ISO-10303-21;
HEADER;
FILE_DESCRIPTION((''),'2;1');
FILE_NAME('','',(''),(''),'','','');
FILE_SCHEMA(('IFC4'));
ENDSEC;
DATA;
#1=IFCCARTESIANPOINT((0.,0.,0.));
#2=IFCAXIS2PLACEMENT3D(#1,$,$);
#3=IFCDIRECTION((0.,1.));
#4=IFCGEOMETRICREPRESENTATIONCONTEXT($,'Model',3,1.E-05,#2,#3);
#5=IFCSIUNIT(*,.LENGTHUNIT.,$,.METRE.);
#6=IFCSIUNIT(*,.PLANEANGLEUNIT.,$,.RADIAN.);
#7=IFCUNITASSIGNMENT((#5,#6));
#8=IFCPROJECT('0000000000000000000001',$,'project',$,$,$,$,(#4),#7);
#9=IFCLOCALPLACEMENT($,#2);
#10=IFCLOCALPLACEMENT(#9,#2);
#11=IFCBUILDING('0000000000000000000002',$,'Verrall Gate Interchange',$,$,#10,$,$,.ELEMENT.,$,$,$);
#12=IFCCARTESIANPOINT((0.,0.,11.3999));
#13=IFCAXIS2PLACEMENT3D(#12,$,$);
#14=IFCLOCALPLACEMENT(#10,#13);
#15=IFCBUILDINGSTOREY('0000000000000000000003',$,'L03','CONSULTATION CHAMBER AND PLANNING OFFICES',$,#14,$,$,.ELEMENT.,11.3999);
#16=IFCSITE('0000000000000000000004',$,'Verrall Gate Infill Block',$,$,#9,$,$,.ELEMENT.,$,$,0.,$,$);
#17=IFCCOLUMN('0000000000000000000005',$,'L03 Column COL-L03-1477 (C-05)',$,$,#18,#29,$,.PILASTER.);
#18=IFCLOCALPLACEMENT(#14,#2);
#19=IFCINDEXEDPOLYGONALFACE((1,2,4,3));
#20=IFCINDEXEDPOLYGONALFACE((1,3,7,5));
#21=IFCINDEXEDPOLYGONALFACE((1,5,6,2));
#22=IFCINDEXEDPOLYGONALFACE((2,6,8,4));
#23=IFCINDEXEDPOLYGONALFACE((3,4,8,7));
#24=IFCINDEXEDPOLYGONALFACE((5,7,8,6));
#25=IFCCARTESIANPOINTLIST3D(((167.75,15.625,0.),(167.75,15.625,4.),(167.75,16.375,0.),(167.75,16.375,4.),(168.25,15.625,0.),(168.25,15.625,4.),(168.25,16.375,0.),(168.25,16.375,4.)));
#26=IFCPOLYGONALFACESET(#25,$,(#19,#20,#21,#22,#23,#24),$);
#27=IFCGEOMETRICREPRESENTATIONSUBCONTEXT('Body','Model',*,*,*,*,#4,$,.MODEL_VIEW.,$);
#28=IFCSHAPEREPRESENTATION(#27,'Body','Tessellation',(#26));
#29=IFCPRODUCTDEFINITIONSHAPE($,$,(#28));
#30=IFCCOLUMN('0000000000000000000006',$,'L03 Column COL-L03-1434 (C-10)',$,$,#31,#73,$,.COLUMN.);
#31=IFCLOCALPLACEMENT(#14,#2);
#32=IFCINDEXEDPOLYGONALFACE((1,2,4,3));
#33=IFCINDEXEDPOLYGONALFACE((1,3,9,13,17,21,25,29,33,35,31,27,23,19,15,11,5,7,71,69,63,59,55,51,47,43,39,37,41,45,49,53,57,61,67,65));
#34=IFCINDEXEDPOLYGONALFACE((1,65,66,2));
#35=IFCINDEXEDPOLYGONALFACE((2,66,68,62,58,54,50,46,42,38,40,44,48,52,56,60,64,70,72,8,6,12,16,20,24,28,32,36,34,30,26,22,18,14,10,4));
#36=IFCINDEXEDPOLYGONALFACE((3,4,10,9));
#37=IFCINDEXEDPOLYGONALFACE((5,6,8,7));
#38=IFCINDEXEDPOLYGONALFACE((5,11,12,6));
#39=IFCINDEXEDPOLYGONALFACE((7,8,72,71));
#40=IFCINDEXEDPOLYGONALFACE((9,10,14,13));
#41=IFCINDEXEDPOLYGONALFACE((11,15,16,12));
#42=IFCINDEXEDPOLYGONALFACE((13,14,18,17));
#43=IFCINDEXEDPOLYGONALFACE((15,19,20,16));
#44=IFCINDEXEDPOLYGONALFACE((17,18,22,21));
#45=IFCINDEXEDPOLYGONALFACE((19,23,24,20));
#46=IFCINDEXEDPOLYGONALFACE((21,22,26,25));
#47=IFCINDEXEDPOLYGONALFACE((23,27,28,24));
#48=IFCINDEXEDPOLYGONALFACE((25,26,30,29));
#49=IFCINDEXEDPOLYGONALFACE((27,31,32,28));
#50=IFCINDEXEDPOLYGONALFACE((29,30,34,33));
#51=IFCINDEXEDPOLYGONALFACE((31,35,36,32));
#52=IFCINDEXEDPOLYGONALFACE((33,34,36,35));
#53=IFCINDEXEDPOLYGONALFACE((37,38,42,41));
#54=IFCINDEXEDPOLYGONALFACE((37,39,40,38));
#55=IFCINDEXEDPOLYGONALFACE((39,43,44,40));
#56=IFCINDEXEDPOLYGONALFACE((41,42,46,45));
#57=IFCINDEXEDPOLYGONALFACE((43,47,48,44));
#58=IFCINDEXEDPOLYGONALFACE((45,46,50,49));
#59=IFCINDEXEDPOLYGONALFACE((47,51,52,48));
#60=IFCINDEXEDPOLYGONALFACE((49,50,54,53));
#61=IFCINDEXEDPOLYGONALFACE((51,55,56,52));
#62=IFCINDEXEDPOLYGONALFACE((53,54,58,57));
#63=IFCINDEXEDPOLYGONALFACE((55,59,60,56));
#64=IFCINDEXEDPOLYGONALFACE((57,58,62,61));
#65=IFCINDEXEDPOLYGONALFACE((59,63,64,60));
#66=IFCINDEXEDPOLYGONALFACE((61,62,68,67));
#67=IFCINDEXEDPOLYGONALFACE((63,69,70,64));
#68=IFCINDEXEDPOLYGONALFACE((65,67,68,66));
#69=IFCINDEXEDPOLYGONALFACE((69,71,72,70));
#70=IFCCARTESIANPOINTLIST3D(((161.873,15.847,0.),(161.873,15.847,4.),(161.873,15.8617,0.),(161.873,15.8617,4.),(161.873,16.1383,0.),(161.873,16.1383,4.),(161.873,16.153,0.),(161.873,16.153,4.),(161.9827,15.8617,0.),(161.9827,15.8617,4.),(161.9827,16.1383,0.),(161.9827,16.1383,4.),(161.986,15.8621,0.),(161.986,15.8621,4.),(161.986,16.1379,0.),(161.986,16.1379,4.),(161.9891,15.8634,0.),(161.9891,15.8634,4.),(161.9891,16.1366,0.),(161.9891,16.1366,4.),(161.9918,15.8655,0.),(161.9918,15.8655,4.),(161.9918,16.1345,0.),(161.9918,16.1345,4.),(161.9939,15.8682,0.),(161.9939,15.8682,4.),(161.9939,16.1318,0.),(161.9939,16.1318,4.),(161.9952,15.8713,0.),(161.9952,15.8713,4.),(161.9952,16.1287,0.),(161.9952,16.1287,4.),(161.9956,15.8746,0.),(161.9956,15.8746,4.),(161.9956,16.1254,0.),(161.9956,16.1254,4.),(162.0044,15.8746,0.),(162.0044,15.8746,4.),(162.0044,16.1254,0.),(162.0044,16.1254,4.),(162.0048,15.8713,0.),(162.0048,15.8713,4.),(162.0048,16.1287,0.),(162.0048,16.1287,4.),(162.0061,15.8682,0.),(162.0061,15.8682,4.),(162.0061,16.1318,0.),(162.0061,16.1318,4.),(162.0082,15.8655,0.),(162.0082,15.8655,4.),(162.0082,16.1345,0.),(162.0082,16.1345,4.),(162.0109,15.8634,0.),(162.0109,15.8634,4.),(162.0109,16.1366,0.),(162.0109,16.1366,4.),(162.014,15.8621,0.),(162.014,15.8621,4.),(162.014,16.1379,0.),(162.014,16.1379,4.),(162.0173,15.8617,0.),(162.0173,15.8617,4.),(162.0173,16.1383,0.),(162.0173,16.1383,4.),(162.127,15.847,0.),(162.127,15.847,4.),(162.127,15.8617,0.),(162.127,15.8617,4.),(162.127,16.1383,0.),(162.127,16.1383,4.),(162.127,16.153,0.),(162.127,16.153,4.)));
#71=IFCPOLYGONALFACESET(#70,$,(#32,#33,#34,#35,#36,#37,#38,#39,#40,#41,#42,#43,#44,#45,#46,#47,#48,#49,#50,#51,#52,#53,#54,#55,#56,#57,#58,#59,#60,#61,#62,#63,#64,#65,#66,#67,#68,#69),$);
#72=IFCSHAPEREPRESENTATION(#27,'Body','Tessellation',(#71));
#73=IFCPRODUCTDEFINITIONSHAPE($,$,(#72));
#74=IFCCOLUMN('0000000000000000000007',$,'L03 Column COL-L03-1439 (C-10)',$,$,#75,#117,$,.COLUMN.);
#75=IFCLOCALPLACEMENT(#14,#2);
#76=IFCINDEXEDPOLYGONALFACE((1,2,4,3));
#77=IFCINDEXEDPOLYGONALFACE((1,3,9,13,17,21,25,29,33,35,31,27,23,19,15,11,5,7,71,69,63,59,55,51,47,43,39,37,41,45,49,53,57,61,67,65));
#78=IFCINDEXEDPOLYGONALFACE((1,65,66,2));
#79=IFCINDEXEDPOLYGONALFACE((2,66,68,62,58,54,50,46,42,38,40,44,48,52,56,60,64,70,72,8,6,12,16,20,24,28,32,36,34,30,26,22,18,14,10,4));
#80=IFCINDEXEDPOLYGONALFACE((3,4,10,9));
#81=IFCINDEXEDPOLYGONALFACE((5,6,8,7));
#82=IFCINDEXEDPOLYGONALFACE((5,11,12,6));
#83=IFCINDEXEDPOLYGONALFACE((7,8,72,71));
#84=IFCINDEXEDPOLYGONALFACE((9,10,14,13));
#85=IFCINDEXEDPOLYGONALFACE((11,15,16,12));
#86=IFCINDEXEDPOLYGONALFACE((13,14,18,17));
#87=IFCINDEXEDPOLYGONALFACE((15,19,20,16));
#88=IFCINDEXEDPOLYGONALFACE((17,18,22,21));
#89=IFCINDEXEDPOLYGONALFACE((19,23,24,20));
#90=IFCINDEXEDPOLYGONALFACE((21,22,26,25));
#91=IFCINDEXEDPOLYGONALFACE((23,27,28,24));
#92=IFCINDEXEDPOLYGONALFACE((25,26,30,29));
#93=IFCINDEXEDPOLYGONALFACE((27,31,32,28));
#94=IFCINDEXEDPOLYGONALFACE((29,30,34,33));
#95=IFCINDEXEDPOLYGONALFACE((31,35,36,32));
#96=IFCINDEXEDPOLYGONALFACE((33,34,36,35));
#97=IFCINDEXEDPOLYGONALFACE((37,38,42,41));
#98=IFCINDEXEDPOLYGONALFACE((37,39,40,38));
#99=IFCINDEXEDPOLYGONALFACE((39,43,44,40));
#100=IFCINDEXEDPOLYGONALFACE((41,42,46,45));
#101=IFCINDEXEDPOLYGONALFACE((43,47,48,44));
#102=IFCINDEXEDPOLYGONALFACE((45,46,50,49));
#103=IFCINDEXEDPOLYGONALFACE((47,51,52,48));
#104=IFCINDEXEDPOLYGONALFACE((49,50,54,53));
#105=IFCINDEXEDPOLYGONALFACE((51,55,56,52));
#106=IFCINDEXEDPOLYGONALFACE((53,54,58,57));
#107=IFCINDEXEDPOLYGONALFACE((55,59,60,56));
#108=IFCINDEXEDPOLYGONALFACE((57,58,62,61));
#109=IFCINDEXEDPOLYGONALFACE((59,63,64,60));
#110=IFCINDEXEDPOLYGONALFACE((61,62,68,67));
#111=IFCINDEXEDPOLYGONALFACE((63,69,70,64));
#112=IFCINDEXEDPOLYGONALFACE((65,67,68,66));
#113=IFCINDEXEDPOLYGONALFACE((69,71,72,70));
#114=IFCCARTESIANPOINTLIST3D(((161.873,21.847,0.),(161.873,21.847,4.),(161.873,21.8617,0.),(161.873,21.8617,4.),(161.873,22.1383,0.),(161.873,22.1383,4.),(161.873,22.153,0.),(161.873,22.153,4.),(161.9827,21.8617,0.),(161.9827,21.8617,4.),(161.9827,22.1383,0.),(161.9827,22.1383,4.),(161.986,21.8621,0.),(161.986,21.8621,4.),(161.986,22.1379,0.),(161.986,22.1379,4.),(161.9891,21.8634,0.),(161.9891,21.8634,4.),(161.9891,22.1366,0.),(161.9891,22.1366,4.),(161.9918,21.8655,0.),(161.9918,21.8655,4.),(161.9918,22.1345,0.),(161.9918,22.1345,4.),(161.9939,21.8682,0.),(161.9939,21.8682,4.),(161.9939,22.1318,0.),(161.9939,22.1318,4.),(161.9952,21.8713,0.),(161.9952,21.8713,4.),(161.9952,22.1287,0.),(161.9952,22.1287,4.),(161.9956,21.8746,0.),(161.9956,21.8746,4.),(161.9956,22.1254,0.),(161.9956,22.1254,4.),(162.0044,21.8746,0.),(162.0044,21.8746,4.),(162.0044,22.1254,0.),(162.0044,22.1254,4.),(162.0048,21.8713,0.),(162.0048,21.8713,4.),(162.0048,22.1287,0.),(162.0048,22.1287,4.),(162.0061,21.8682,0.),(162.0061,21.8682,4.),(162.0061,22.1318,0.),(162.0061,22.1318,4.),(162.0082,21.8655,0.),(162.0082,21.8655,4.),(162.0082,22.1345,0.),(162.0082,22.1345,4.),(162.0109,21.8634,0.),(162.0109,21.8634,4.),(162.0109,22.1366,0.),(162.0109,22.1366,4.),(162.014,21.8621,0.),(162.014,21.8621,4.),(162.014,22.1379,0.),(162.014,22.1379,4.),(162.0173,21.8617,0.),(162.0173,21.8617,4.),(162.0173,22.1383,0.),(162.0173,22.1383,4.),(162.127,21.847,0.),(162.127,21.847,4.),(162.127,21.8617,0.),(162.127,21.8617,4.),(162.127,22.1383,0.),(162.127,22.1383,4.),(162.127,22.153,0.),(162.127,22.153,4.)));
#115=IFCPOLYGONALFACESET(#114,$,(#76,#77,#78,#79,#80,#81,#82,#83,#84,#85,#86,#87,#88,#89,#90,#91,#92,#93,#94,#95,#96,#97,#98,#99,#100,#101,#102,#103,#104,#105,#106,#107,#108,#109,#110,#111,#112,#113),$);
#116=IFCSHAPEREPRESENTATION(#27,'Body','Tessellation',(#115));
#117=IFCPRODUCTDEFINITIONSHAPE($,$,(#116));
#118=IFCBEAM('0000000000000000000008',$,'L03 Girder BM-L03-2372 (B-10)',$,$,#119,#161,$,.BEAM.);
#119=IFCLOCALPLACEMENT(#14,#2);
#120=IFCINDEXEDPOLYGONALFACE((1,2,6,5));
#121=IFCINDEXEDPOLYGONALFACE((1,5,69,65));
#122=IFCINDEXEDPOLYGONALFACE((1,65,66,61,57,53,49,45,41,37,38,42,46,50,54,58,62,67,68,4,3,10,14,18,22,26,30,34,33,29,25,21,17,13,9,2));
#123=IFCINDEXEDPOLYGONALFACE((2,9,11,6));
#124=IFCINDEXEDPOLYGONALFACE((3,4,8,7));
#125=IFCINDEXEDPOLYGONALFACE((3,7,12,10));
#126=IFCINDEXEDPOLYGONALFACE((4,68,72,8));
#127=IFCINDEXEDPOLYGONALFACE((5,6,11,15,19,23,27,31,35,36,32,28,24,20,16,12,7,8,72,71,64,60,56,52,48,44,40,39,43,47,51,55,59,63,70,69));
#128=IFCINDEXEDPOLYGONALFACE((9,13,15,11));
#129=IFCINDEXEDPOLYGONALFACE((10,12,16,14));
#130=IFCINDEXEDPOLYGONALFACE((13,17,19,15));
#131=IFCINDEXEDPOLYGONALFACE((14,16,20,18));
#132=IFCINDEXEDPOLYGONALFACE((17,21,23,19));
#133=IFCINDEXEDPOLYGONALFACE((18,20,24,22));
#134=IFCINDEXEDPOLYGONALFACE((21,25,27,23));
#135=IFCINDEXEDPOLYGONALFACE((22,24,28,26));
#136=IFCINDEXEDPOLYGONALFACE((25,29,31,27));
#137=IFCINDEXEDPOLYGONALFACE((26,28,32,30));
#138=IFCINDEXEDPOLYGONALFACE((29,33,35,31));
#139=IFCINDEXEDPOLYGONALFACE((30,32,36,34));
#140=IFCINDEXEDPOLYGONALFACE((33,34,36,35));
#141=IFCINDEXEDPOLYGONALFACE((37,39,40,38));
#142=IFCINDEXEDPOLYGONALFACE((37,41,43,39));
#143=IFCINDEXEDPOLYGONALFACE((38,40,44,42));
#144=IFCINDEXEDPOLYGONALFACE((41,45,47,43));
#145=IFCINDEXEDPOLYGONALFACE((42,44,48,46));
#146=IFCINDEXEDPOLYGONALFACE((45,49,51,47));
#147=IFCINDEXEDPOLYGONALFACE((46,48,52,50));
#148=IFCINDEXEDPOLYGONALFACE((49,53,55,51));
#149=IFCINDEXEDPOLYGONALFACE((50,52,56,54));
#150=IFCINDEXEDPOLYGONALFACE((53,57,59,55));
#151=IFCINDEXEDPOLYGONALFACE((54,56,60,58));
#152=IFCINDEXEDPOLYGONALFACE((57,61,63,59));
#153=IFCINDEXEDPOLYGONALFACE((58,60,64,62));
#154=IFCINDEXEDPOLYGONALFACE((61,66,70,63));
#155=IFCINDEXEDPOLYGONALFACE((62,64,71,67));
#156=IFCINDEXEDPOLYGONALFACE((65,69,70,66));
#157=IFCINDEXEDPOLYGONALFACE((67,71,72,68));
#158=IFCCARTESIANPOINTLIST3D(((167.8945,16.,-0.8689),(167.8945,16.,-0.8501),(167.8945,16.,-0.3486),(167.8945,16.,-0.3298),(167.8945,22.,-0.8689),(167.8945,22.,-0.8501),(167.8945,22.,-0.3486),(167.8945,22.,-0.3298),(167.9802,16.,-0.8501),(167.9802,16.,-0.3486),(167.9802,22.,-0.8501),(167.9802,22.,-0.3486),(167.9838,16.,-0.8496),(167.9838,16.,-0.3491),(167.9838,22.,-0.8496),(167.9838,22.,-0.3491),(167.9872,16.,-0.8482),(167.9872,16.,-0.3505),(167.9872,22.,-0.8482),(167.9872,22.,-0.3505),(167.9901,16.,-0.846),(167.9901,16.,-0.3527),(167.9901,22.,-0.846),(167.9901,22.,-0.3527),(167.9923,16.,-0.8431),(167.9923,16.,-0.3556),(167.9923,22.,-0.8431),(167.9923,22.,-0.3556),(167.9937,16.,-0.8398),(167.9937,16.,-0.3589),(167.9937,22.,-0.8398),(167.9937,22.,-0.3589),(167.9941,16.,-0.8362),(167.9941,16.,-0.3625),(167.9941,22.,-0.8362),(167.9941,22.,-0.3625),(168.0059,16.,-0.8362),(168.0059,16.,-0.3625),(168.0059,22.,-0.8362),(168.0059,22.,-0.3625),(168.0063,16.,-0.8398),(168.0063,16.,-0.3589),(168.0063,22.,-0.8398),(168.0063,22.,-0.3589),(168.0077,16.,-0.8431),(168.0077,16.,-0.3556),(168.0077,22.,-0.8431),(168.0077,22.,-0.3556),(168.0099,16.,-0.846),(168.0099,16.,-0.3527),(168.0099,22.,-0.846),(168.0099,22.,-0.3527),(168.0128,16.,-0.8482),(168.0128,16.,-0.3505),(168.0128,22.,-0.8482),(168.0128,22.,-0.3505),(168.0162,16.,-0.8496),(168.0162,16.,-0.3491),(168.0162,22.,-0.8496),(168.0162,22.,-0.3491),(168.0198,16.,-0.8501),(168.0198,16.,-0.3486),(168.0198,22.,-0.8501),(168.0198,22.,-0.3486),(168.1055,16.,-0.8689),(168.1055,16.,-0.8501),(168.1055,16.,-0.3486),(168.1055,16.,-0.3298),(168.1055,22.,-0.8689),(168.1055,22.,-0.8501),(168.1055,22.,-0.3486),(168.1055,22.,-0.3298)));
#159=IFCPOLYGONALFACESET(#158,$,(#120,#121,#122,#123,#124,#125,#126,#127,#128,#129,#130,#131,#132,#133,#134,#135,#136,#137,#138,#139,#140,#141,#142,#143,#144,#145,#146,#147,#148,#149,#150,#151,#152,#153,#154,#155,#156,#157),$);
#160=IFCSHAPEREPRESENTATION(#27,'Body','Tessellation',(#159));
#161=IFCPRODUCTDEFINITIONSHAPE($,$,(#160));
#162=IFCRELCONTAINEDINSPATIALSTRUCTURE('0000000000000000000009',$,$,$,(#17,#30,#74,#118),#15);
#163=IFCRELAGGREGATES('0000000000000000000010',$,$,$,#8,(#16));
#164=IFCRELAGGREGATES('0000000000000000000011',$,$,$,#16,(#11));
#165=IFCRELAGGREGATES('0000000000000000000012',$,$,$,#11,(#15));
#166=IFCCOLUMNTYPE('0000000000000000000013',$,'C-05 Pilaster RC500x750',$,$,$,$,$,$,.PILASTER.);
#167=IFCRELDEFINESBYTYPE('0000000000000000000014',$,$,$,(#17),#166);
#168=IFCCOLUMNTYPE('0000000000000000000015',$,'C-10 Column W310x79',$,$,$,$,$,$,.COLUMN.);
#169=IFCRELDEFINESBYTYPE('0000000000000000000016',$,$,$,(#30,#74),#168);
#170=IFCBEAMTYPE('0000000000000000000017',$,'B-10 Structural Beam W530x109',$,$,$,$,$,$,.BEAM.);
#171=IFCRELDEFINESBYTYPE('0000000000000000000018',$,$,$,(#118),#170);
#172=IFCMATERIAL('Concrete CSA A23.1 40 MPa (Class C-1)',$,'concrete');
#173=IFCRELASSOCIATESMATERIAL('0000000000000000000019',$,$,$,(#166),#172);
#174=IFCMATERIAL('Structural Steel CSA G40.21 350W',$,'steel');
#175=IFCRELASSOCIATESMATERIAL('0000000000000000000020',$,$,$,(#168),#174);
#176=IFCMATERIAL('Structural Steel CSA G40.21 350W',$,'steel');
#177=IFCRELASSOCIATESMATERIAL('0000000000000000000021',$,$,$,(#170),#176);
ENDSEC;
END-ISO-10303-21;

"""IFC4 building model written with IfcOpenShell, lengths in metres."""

from ifc_helpers import new_model, si_unit, direction, frame, origin, origin_2d, place, context, subcontext, project, spatial, rectangle, i_section, extrude, material, material_profile, profile_set, type_object, element, save


model = new_model("IFC4")

# Units and contexts
model_context = context("Model", 3, precision=1e-05, world=origin(), true_north=direction((0.0, 1.0)))
body_context = subcontext(model_context, "Body", "Model", "MODEL_VIEW")
ifc_project = project(units=[si_unit("LENGTHUNIT", "METRE"), si_unit("PLANEANGLEUNIT", "RADIAN")], contexts=[model_context])

# Site, building, storey
site_placement = place(None, origin())
site = spatial("IfcSite", under=ifc_project, at=site_placement, Name="Verrall Gate Infill Block", CompositionType="ELEMENT", RefElevation=0.0)
building_placement = place(site_placement, origin())
building = spatial("IfcBuilding", under=site, at=building_placement, Name="Verrall Gate Interchange", CompositionType="ELEMENT")
storey_placement = place(building_placement, frame((0.0, 0.0, 11.3999)))
storey = spatial("IfcBuildingStorey", under=building, at=storey_placement, Name="L03", Description="CONSULTATION CHAMBER AND PLANNING OFFICES", CompositionType="ELEMENT", Elevation=11.3999)

# Columns
ifc_material_1 = material(Name="Concrete CSA A23.1 40 MPa (Class C-1)", Category="concrete")
ifc_material_profile_1 = material_profile(ifc_material_1, rectangle(XDim=0.5, YDim=0.75, at=origin_2d()), Name="RC500x750")
ifc_profile_set_1 = profile_set([ifc_material_profile_1], Name="Concrete CSA A23.1 40 MPa (Class C-1)")
column_type_1 = type_object("IfcColumnType", Name="C-05 Pilaster RC500x750", PredefinedType="PILASTER", material=ifc_profile_set_1)
column_placement = place(storey_placement, frame((168.0, 16.0, 0.0), z_axis=(0.0, 0.0, 1.0), x_axis=(1.0, 0.0, 0.0)))
element("IfcColumn", 1, at=column_placement, inside=storey, type_object=column_type_1, Name="L03 Column COL-L03-1477 (C-05)", PredefinedType="PILASTER", context=body_context, shape_type="SweptSolid", body=[
    extrude(rectangle(XDim=0.5, YDim=0.75, at=origin_2d()), origin(), (0.0, 0.0, 1.0), 4.0),
])
ifc_material_2 = material(Name="Structural Steel CSA G40.21 350W", Category="steel")
ifc_material_profile_2 = material_profile(ifc_material_2, i_section(OverallWidth=0.2539, OverallDepth=0.3059, WebThickness=0.0088, FlangeThickness=0.0146, FilletRadius=0.0129, at=origin_2d()), Name="W310x79")
ifc_profile_set_2 = profile_set([ifc_material_profile_2], Name="Structural Steel CSA G40.21 350W")
column_type_2 = type_object("IfcColumnType", Name="C-10 Column W310x79", PredefinedType="COLUMN", material=ifc_profile_set_2)
for number, where, z_axis, x_axis, name in (
    (2, (162.0, 16.0, 0.0), (0.0, 0.0, 1.0), (1.0, 0.0, 0.0), "L03 Column COL-L03-1434 (C-10)"),
    (3, (162.0, 22.0, 0.0), (0.0, 0.0, 1.0), (1.0, 0.0, 0.0), "L03 Column COL-L03-1439 (C-10)"),
):
    element("IfcColumn", number, at=place(storey_placement, frame(where, z_axis=z_axis, x_axis=x_axis)), inside=storey, type_object=column_type_2, Name=name, PredefinedType="COLUMN", context=body_context, shape_type="SweptSolid", body=[
        extrude(i_section(OverallWidth=0.2539, OverallDepth=0.3059, WebThickness=0.0088, FlangeThickness=0.0146, FilletRadius=0.0129, at=origin_2d()), origin(), (0.0, 0.0, 1.0), 4.0),
    ])

# Beam
ifc_material_3 = material(Name="Structural Steel CSA G40.21 350W", Category="steel")
ifc_material_profile_3 = material_profile(ifc_material_3, i_section(OverallWidth=0.2109, OverallDepth=0.5391, WebThickness=0.0117, FlangeThickness=0.0188, FilletRadius=0.0139, at=origin_2d()), Name="W530x109")
ifc_profile_set_3 = profile_set([ifc_material_profile_3], Name="Structural Steel CSA G40.21 350W")
beam_type_1 = type_object("IfcBeamType", Name="B-10 Structural Beam W530x109", PredefinedType="BEAM", material=ifc_profile_set_3)
beam_1_placement = place(storey_placement, frame((168.0, 16.0, -0.5994), z_axis=(0.0, 1.0, 0.0), x_axis=(-1.0, 0.0, 0.0)))
element("IfcBeam", 4, at=beam_1_placement, inside=storey, type_object=beam_type_1, Name="L03 Girder BM-L03-2372 (B-10)", PredefinedType="BEAM", context=body_context, shape_type="SweptSolid", body=[
    extrude(i_section(OverallWidth=0.2109, OverallDepth=0.5391, WebThickness=0.0117, FlangeThickness=0.0188, FilletRadius=0.0139, at=origin_2d()), origin(), (0.0, 0.0, 1.0), 6.0),
])

save(model, "model.ifc")
